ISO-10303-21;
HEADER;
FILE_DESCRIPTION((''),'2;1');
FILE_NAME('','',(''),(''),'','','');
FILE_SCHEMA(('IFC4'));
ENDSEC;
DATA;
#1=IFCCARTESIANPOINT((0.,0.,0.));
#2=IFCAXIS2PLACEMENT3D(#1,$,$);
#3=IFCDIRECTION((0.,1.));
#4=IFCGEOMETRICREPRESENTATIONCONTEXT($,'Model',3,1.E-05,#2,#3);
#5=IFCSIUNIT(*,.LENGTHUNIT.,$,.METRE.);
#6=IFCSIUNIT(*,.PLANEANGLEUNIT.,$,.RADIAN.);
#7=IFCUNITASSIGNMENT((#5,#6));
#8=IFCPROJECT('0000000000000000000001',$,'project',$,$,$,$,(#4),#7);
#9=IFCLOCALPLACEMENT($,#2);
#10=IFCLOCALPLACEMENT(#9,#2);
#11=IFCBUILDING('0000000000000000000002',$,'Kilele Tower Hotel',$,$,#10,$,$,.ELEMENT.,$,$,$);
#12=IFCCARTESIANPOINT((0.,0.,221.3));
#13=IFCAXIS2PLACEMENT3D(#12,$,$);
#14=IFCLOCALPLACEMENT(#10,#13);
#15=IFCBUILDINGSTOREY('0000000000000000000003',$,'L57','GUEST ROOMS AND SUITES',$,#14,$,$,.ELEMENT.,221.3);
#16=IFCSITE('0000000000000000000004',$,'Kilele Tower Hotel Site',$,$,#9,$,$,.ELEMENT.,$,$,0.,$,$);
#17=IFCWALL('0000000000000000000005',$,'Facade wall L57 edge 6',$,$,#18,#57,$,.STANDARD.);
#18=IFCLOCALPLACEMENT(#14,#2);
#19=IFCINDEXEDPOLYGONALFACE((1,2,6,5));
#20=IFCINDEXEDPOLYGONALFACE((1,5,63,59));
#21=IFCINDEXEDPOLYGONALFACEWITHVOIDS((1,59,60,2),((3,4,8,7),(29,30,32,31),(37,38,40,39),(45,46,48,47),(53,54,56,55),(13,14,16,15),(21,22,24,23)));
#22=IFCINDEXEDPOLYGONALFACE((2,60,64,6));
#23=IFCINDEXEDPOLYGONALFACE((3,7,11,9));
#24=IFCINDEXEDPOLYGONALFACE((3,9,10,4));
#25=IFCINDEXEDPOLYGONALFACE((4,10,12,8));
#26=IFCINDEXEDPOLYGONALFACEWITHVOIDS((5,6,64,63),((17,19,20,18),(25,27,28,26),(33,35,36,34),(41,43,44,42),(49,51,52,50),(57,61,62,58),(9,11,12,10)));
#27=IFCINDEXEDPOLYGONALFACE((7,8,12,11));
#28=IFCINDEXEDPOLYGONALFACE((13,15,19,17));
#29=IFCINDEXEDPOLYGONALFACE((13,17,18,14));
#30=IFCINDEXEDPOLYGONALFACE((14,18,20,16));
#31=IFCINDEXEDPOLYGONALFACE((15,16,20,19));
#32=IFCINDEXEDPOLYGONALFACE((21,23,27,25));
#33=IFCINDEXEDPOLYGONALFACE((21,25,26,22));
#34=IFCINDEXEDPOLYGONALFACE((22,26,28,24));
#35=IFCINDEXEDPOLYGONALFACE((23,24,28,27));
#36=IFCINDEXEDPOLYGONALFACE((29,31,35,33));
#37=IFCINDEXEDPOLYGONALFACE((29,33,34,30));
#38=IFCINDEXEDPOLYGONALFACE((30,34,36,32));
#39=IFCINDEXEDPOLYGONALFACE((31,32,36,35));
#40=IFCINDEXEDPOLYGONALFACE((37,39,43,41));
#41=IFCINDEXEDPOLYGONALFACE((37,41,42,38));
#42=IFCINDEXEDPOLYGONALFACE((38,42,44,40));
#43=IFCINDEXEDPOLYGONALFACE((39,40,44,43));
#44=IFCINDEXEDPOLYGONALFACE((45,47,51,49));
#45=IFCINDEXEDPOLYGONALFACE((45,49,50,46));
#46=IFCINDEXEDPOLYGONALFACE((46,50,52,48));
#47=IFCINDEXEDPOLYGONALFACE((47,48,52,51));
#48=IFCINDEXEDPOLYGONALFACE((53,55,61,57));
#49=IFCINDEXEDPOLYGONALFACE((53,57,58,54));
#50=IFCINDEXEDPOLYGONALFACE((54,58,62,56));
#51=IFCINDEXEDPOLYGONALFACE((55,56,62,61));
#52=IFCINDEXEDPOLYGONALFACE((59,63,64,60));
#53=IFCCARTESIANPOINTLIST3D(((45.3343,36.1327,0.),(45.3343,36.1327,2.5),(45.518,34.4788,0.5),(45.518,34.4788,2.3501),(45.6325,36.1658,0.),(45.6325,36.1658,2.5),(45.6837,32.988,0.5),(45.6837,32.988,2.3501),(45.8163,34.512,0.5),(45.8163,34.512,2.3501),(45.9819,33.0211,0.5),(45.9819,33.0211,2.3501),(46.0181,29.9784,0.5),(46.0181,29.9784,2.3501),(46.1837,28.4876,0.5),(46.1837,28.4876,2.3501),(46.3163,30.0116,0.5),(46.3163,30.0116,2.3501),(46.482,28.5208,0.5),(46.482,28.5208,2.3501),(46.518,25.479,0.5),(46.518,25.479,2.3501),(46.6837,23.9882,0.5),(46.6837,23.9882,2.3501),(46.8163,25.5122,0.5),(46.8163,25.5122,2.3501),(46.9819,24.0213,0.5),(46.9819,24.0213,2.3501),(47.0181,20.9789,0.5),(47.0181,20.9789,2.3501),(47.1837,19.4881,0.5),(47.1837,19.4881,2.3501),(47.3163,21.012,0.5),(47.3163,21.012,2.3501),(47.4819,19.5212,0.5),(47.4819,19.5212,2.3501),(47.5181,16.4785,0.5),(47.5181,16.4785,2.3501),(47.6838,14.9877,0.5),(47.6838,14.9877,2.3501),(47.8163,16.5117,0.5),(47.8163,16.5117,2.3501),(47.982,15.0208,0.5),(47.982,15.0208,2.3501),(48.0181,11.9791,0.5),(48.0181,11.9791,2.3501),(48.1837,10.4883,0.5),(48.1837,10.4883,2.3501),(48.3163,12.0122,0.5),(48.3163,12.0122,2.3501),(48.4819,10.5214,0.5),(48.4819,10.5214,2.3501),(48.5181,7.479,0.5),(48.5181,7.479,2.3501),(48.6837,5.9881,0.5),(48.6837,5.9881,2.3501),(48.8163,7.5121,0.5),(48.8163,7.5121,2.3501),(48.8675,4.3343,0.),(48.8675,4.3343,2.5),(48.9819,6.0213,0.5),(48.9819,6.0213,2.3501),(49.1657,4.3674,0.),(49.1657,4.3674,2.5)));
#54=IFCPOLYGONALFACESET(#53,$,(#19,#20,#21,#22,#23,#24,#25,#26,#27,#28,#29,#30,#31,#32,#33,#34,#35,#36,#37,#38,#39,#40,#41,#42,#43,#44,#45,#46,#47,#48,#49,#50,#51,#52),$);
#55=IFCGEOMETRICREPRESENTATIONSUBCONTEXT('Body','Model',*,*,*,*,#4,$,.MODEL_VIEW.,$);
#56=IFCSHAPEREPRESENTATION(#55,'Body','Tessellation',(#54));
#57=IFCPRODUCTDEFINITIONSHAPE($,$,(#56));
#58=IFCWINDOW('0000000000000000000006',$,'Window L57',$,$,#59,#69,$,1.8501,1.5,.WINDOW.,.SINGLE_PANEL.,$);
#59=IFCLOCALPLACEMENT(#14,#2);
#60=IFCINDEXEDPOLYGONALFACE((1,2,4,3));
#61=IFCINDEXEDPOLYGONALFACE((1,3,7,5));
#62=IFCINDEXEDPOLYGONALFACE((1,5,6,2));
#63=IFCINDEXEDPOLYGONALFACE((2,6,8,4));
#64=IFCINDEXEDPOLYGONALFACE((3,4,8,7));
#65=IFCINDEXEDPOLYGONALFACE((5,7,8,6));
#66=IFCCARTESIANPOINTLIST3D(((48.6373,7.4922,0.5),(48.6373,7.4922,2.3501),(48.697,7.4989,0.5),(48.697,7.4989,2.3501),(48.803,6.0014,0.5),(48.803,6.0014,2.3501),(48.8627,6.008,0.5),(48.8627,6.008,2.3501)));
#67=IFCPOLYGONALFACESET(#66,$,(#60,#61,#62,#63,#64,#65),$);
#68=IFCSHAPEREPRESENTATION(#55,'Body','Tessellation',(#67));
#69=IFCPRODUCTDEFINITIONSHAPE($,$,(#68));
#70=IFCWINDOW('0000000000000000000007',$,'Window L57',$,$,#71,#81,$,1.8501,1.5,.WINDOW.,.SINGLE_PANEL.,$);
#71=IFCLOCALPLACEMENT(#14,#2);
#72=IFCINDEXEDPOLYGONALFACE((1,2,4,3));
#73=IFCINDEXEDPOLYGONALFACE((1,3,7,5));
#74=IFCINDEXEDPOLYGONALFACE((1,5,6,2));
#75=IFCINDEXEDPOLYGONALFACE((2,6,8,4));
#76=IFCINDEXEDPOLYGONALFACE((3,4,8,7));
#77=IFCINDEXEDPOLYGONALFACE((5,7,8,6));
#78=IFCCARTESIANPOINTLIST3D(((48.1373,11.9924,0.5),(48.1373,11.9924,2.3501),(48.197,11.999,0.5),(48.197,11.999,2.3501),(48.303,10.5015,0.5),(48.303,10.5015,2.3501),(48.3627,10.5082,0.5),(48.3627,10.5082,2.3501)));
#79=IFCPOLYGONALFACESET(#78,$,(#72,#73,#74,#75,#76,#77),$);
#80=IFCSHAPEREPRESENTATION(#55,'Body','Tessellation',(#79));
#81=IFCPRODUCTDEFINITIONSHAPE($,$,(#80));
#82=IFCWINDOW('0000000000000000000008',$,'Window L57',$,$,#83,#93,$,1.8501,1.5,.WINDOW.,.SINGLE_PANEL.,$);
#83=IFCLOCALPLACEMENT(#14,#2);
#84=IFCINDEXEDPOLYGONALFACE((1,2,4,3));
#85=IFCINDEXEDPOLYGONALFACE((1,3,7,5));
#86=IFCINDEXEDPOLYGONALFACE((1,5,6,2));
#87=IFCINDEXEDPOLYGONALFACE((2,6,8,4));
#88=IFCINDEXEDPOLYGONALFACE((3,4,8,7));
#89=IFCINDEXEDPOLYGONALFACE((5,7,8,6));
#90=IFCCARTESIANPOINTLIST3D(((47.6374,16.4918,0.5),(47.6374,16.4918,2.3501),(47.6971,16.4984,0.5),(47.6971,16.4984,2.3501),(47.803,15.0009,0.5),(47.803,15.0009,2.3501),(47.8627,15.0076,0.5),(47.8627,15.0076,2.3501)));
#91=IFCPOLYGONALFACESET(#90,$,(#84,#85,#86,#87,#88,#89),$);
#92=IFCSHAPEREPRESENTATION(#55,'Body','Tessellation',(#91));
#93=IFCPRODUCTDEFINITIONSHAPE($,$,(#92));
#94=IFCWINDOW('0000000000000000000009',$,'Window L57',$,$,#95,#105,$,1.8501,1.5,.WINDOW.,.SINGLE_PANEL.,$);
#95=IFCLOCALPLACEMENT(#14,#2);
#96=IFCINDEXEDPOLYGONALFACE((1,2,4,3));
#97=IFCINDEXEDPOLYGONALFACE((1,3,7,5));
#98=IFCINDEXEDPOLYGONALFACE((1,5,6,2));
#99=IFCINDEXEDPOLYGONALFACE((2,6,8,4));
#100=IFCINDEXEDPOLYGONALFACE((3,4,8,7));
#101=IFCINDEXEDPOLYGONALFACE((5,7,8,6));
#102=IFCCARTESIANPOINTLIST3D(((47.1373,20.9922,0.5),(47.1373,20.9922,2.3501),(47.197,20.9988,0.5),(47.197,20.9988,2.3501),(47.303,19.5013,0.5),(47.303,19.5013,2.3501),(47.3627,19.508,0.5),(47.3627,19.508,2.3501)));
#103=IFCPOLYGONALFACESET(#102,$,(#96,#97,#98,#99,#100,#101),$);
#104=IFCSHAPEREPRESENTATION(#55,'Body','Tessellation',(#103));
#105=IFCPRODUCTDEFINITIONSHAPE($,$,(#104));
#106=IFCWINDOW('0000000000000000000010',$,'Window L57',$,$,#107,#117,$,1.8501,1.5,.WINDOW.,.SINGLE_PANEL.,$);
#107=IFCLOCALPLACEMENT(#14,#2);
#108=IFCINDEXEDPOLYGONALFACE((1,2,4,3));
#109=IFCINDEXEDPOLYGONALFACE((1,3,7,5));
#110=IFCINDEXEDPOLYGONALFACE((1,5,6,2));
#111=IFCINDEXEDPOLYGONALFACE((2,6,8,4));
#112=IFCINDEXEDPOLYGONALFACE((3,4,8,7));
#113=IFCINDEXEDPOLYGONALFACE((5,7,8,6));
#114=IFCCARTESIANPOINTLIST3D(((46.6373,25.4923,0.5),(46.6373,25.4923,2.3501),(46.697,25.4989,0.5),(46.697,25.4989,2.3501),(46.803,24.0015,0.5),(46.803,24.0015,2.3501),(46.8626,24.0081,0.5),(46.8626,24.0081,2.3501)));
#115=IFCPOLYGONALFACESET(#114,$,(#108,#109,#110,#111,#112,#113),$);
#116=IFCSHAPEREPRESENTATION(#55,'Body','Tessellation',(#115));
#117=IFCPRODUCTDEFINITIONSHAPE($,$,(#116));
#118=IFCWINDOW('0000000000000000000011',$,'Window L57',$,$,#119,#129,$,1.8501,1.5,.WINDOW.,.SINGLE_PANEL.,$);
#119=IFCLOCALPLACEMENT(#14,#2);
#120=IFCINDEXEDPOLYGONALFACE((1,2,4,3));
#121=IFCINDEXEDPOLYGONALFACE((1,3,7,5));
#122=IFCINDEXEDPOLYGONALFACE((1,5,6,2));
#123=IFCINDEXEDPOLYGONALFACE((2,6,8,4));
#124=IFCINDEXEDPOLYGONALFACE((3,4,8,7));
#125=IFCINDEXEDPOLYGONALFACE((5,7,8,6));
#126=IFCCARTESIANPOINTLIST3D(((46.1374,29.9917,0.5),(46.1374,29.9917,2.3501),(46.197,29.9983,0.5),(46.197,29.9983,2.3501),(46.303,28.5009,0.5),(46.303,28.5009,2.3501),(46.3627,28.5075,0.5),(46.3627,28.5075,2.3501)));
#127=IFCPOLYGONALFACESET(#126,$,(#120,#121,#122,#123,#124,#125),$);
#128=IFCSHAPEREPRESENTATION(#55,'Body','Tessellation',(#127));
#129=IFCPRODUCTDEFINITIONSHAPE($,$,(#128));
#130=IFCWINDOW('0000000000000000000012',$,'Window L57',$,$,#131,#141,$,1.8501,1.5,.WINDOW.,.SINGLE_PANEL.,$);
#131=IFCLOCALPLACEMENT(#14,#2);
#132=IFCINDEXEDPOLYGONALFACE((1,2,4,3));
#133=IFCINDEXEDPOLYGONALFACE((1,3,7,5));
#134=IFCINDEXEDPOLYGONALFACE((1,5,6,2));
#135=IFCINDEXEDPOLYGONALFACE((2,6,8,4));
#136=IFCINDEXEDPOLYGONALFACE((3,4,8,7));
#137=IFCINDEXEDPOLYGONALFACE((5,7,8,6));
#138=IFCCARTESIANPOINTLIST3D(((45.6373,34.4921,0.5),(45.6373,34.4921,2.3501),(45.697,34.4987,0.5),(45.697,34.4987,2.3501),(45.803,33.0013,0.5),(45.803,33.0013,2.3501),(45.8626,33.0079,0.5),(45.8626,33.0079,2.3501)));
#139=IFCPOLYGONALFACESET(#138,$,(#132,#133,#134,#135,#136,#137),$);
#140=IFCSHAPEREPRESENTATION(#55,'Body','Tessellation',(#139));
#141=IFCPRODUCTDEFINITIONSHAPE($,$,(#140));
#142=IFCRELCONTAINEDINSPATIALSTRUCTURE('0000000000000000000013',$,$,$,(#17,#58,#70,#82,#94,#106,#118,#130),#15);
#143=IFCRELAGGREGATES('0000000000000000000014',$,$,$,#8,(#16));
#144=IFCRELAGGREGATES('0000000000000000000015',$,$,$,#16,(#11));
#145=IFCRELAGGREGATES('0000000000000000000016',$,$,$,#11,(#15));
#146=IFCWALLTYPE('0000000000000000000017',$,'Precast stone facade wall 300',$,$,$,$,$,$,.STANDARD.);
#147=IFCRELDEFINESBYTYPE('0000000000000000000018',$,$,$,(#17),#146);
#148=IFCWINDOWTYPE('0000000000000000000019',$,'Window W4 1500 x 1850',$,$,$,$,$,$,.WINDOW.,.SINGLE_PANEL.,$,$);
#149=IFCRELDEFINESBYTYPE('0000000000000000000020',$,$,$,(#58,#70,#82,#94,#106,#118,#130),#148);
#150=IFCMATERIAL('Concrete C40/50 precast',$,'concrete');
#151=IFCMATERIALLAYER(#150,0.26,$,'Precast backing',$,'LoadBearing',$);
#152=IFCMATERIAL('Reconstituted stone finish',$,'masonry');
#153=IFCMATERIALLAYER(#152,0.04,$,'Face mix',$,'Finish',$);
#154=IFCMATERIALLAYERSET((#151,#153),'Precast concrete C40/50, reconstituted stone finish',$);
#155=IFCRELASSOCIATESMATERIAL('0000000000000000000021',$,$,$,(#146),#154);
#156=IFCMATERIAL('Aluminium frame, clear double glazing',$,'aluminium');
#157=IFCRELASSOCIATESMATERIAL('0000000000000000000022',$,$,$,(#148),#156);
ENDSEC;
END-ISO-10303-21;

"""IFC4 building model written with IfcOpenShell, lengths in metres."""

from ifc_helpers import new_model, si_unit, direction, frame, frame_2d, origin, place, context, subcontext, project, spatial, rectangle, extrude, material, layer, layer_set, type_object, element, fill, save


model = new_model("IFC4")

# Units and contexts
model_context = context("Model", 3, precision=1e-05, world=origin(), true_north=direction((0.0, 1.0)))
body_context = subcontext(model_context, "Body", "Model", "MODEL_VIEW")
ifc_project = project(units=[si_unit("LENGTHUNIT", "METRE"), si_unit("PLANEANGLEUNIT", "RADIAN")], contexts=[model_context])

# Site, building, storey
site_placement = place(None, origin())
site = spatial("IfcSite", under=ifc_project, at=site_placement, Name="Kilele Tower Hotel Site", CompositionType="ELEMENT", RefElevation=0.0)
building_placement = place(site_placement, origin())
building = spatial("IfcBuilding", under=site, at=building_placement, Name="Kilele Tower Hotel", CompositionType="ELEMENT")
storey_placement = place(building_placement, frame((0.0, 0.0, 221.3)))
storey = spatial("IfcBuildingStorey", under=building, at=storey_placement, Name="L57", Description="GUEST ROOMS AND SUITES", CompositionType="ELEMENT", Elevation=221.3)

# Shared definitions
ifc_material_1 = material(Name="Concrete C40/50 precast", Category="concrete")
ifc_layer_1 = layer(ifc_material_1, 0.26, Name="Precast backing", Category="LoadBearing")
ifc_material_2 = material(Name="Reconstituted stone finish", Category="masonry")
ifc_layer_2 = layer(ifc_material_2, 0.04, Name="Face mix", Category="Finish")
ifc_layer_set_1 = layer_set([ifc_layer_1, ifc_layer_2], Name="Precast concrete C40/50, reconstituted stone finish")
wall_type_1 = type_object("IfcWallType", Name="Precast stone facade wall 300", PredefinedType="STANDARD", material=ifc_layer_set_1)
ifc_material_3 = material(Name="Aluminium frame, clear double glazing", Category="aluminium")
window_type_1 = type_object("IfcWindowType", Name="Window W4 1500 x 1850", PartitioningType="SINGLE_PANEL", PredefinedType="WINDOW", material=ifc_material_3)

# Wall, openings, windows
wall_1_placement = place(storey_placement, frame((49.0166, 4.3508, 0.0), z_axis=(0.0, 0.0, 1.0), x_axis=(-0.110433, 0.993884, 0.0)))
wall_1 = element("IfcWall", 1, at=wall_1_placement, inside=storey, type_object=wall_type_1, Name="Facade wall L57 edge 6", PredefinedType="STANDARD", context=body_context, shape_type="SweptSolid", body=[
    extrude(rectangle(XDim=31.9941, YDim=0.3, at=frame_2d((15.9971, 0.0))), origin(), (0.0, 0.0, 1.0), 2.5),
])
opening_1_placement = place(wall_1_placement, frame((1.6641, 0.0, 0.5)))
opening_1 = element("IfcOpeningElement", 2, at=opening_1_placement, cuts=wall_1, PredefinedType="OPENING", context=body_context, shape_type="SweptSolid", body=[
    extrude(rectangle(XDim=1.5, YDim=1.8501, at=frame_2d((0.75, 0.925))), frame((0.0, 0.1599, 0.0), z_axis=(0.0, -1.0, 0.0), x_axis=(1.0, 0.0, 0.0)), (0.0, 0.0, 1.0), 0.3201),
])
opening_2_placement = place(wall_1_placement, frame((6.1919, 0.0, 0.5)))
opening_2 = element("IfcOpeningElement", 3, at=opening_2_placement, cuts=wall_1, PredefinedType="OPENING", context=body_context, shape_type="SweptSolid", body=[
    extrude(rectangle(XDim=1.5, YDim=1.8501, at=frame_2d((0.75, 0.925))), frame((0.0, 0.1599, 0.0), z_axis=(0.0, -1.0, 0.0), x_axis=(1.0, 0.0, 0.0)), (0.0, 0.0, 1.0), 0.3201),
])
opening_3_placement = place(wall_1_placement, frame((10.719, 0.0, 0.5)))
opening_3 = element("IfcOpeningElement", 4, at=opening_3_placement, cuts=wall_1, PredefinedType="OPENING", context=body_context, shape_type="SweptSolid", body=[
    extrude(rectangle(XDim=1.5, YDim=1.8501, at=frame_2d((0.75, 0.925))), frame((0.0, 0.1599, 0.0), z_axis=(0.0, -1.0, 0.0), x_axis=(1.0, 0.0, 0.0)), (0.0, 0.0, 1.0), 0.3201),
])
opening_4_placement = place(wall_1_placement, frame((15.2471, 0.0, 0.5)))
opening_4 = element("IfcOpeningElement", 5, at=opening_4_placement, cuts=wall_1, PredefinedType="OPENING", context=body_context, shape_type="SweptSolid", body=[
    extrude(rectangle(XDim=1.5, YDim=1.8501, at=frame_2d((0.75, 0.925))), frame((0.0, 0.1599, 0.0), z_axis=(0.0, -1.0, 0.0), x_axis=(1.0, 0.0, 0.0)), (0.0, 0.0, 1.0), 0.3201),
])
opening_5_placement = place(wall_1_placement, frame((19.7749, 0.0, 0.5)))
opening_5 = element("IfcOpeningElement", 6, at=opening_5_placement, cuts=wall_1, PredefinedType="OPENING", context=body_context, shape_type="SweptSolid", body=[
    extrude(rectangle(XDim=1.5, YDim=1.8501, at=frame_2d((0.75, 0.925))), frame((0.0, 0.1599, 0.0), z_axis=(0.0, -1.0, 0.0), x_axis=(1.0, 0.0, 0.0)), (0.0, 0.0, 1.0), 0.3201),
])
opening_6_placement = place(wall_1_placement, frame((24.302, 0.0, 0.5)))
opening_6 = element("IfcOpeningElement", 7, at=opening_6_placement, cuts=wall_1, PredefinedType="OPENING", context=body_context, shape_type="SweptSolid", body=[
    extrude(rectangle(XDim=1.5, YDim=1.8501, at=frame_2d((0.75, 0.925))), frame((0.0, 0.1599, 0.0), z_axis=(0.0, -1.0, 0.0), x_axis=(1.0, 0.0, 0.0)), (0.0, 0.0, 1.0), 0.3201),
])
opening_7_placement = place(wall_1_placement, frame((28.8301, 0.0, 0.5)))
opening_7 = element("IfcOpeningElement", 8, at=opening_7_placement, cuts=wall_1, PredefinedType="OPENING", context=body_context, shape_type="SweptSolid", body=[
    extrude(rectangle(XDim=1.5, YDim=1.8501, at=frame_2d((0.75, 0.925))), frame((0.0, 0.1599, 0.0), z_axis=(0.0, -1.0, 0.0), x_axis=(1.0, 0.0, 0.0)), (0.0, 0.0, 1.0), 0.3201),
])
window_1_placement = place(opening_1_placement, origin())
window_1 = element("IfcWindow", 9, at=window_1_placement, inside=storey, type_object=window_type_1, Name="Window L57", OverallHeight=1.8501, OverallWidth=1.5, PartitioningType="SINGLE_PANEL", PredefinedType="WINDOW", context=body_context, shape_type="SweptSolid", body=[
    extrude(rectangle(XDim=1.5, YDim=1.8501, at=frame_2d((0.75, 0.925))), frame((0.0, 0.03, 0.0), z_axis=(0.0, -1.0, 0.0), x_axis=(1.0, 0.0, 0.0)), (0.0, 0.0, 1.0), 0.0601),
])
fill(opening_1, window_1)
window_2_placement = place(opening_2_placement, origin())
window_2 = element("IfcWindow", 10, at=window_2_placement, inside=storey, type_object=window_type_1, Name="Window L57", OverallHeight=1.8501, OverallWidth=1.5, PartitioningType="SINGLE_PANEL", PredefinedType="WINDOW", context=body_context, shape_type="SweptSolid", body=[
    extrude(rectangle(XDim=1.5, YDim=1.8501, at=frame_2d((0.75, 0.925))), frame((0.0, 0.03, 0.0), z_axis=(0.0, -1.0, 0.0), x_axis=(1.0, 0.0, 0.0)), (0.0, 0.0, 1.0), 0.0601),
])
fill(opening_2, window_2)
window_3_placement = place(opening_3_placement, origin())
window_3 = element("IfcWindow", 11, at=window_3_placement, inside=storey, type_object=window_type_1, Name="Window L57", OverallHeight=1.8501, OverallWidth=1.5, PartitioningType="SINGLE_PANEL", PredefinedType="WINDOW", context=body_context, shape_type="SweptSolid", body=[
    extrude(rectangle(XDim=1.5, YDim=1.8501, at=frame_2d((0.75, 0.925))), frame((0.0, 0.03, 0.0), z_axis=(0.0, -1.0, 0.0), x_axis=(1.0, 0.0, 0.0)), (0.0, 0.0, 1.0), 0.0601),
])
fill(opening_3, window_3)
window_4_placement = place(opening_4_placement, origin())
window_4 = element("IfcWindow", 12, at=window_4_placement, inside=storey, type_object=window_type_1, Name="Window L57", OverallHeight=1.8501, OverallWidth=1.5, PartitioningType="SINGLE_PANEL", PredefinedType="WINDOW", context=body_context, shape_type="SweptSolid", body=[
    extrude(rectangle(XDim=1.5, YDim=1.8501, at=frame_2d((0.75, 0.925))), frame((0.0, 0.03, 0.0), z_axis=(0.0, -1.0, 0.0), x_axis=(1.0, 0.0, 0.0)), (0.0, 0.0, 1.0), 0.0601),
])
fill(opening_4, window_4)
window_5_placement = place(opening_5_placement, origin())
window_5 = element("IfcWindow", 13, at=window_5_placement, inside=storey, type_object=window_type_1, Name="Window L57", OverallHeight=1.8501, OverallWidth=1.5, PartitioningType="SINGLE_PANEL", PredefinedType="WINDOW", context=body_context, shape_type="SweptSolid", body=[
    extrude(rectangle(XDim=1.5, YDim=1.8501, at=frame_2d((0.75, 0.925))), frame((0.0, 0.03, 0.0), z_axis=(0.0, -1.0, 0.0), x_axis=(1.0, 0.0, 0.0)), (0.0, 0.0, 1.0), 0.0601),
])
fill(opening_5, window_5)
window_6_placement = place(opening_6_placement, origin())
window_6 = element("IfcWindow", 14, at=window_6_placement, inside=storey, type_object=window_type_1, Name="Window L57", OverallHeight=1.8501, OverallWidth=1.5, PartitioningType="SINGLE_PANEL", PredefinedType="WINDOW", context=body_context, shape_type="SweptSolid", body=[
    extrude(rectangle(XDim=1.5, YDim=1.8501, at=frame_2d((0.75, 0.925))), frame((0.0, 0.03, 0.0), z_axis=(0.0, -1.0, 0.0), x_axis=(1.0, 0.0, 0.0)), (0.0, 0.0, 1.0), 0.0601),
])
fill(opening_6, window_6)
window_7_placement = place(opening_7_placement, origin())
window_7 = element("IfcWindow", 15, at=window_7_placement, inside=storey, type_object=window_type_1, Name="Window L57", OverallHeight=1.8501, OverallWidth=1.5, PartitioningType="SINGLE_PANEL", PredefinedType="WINDOW", context=body_context, shape_type="SweptSolid", body=[
    extrude(rectangle(XDim=1.5, YDim=1.8501, at=frame_2d((0.75, 0.925))), frame((0.0, 0.03, 0.0), z_axis=(0.0, -1.0, 0.0), x_axis=(1.0, 0.0, 0.0)), (0.0, 0.0, 1.0), 0.0601),
])
fill(opening_7, window_7)

save(model, "model.ifc")
